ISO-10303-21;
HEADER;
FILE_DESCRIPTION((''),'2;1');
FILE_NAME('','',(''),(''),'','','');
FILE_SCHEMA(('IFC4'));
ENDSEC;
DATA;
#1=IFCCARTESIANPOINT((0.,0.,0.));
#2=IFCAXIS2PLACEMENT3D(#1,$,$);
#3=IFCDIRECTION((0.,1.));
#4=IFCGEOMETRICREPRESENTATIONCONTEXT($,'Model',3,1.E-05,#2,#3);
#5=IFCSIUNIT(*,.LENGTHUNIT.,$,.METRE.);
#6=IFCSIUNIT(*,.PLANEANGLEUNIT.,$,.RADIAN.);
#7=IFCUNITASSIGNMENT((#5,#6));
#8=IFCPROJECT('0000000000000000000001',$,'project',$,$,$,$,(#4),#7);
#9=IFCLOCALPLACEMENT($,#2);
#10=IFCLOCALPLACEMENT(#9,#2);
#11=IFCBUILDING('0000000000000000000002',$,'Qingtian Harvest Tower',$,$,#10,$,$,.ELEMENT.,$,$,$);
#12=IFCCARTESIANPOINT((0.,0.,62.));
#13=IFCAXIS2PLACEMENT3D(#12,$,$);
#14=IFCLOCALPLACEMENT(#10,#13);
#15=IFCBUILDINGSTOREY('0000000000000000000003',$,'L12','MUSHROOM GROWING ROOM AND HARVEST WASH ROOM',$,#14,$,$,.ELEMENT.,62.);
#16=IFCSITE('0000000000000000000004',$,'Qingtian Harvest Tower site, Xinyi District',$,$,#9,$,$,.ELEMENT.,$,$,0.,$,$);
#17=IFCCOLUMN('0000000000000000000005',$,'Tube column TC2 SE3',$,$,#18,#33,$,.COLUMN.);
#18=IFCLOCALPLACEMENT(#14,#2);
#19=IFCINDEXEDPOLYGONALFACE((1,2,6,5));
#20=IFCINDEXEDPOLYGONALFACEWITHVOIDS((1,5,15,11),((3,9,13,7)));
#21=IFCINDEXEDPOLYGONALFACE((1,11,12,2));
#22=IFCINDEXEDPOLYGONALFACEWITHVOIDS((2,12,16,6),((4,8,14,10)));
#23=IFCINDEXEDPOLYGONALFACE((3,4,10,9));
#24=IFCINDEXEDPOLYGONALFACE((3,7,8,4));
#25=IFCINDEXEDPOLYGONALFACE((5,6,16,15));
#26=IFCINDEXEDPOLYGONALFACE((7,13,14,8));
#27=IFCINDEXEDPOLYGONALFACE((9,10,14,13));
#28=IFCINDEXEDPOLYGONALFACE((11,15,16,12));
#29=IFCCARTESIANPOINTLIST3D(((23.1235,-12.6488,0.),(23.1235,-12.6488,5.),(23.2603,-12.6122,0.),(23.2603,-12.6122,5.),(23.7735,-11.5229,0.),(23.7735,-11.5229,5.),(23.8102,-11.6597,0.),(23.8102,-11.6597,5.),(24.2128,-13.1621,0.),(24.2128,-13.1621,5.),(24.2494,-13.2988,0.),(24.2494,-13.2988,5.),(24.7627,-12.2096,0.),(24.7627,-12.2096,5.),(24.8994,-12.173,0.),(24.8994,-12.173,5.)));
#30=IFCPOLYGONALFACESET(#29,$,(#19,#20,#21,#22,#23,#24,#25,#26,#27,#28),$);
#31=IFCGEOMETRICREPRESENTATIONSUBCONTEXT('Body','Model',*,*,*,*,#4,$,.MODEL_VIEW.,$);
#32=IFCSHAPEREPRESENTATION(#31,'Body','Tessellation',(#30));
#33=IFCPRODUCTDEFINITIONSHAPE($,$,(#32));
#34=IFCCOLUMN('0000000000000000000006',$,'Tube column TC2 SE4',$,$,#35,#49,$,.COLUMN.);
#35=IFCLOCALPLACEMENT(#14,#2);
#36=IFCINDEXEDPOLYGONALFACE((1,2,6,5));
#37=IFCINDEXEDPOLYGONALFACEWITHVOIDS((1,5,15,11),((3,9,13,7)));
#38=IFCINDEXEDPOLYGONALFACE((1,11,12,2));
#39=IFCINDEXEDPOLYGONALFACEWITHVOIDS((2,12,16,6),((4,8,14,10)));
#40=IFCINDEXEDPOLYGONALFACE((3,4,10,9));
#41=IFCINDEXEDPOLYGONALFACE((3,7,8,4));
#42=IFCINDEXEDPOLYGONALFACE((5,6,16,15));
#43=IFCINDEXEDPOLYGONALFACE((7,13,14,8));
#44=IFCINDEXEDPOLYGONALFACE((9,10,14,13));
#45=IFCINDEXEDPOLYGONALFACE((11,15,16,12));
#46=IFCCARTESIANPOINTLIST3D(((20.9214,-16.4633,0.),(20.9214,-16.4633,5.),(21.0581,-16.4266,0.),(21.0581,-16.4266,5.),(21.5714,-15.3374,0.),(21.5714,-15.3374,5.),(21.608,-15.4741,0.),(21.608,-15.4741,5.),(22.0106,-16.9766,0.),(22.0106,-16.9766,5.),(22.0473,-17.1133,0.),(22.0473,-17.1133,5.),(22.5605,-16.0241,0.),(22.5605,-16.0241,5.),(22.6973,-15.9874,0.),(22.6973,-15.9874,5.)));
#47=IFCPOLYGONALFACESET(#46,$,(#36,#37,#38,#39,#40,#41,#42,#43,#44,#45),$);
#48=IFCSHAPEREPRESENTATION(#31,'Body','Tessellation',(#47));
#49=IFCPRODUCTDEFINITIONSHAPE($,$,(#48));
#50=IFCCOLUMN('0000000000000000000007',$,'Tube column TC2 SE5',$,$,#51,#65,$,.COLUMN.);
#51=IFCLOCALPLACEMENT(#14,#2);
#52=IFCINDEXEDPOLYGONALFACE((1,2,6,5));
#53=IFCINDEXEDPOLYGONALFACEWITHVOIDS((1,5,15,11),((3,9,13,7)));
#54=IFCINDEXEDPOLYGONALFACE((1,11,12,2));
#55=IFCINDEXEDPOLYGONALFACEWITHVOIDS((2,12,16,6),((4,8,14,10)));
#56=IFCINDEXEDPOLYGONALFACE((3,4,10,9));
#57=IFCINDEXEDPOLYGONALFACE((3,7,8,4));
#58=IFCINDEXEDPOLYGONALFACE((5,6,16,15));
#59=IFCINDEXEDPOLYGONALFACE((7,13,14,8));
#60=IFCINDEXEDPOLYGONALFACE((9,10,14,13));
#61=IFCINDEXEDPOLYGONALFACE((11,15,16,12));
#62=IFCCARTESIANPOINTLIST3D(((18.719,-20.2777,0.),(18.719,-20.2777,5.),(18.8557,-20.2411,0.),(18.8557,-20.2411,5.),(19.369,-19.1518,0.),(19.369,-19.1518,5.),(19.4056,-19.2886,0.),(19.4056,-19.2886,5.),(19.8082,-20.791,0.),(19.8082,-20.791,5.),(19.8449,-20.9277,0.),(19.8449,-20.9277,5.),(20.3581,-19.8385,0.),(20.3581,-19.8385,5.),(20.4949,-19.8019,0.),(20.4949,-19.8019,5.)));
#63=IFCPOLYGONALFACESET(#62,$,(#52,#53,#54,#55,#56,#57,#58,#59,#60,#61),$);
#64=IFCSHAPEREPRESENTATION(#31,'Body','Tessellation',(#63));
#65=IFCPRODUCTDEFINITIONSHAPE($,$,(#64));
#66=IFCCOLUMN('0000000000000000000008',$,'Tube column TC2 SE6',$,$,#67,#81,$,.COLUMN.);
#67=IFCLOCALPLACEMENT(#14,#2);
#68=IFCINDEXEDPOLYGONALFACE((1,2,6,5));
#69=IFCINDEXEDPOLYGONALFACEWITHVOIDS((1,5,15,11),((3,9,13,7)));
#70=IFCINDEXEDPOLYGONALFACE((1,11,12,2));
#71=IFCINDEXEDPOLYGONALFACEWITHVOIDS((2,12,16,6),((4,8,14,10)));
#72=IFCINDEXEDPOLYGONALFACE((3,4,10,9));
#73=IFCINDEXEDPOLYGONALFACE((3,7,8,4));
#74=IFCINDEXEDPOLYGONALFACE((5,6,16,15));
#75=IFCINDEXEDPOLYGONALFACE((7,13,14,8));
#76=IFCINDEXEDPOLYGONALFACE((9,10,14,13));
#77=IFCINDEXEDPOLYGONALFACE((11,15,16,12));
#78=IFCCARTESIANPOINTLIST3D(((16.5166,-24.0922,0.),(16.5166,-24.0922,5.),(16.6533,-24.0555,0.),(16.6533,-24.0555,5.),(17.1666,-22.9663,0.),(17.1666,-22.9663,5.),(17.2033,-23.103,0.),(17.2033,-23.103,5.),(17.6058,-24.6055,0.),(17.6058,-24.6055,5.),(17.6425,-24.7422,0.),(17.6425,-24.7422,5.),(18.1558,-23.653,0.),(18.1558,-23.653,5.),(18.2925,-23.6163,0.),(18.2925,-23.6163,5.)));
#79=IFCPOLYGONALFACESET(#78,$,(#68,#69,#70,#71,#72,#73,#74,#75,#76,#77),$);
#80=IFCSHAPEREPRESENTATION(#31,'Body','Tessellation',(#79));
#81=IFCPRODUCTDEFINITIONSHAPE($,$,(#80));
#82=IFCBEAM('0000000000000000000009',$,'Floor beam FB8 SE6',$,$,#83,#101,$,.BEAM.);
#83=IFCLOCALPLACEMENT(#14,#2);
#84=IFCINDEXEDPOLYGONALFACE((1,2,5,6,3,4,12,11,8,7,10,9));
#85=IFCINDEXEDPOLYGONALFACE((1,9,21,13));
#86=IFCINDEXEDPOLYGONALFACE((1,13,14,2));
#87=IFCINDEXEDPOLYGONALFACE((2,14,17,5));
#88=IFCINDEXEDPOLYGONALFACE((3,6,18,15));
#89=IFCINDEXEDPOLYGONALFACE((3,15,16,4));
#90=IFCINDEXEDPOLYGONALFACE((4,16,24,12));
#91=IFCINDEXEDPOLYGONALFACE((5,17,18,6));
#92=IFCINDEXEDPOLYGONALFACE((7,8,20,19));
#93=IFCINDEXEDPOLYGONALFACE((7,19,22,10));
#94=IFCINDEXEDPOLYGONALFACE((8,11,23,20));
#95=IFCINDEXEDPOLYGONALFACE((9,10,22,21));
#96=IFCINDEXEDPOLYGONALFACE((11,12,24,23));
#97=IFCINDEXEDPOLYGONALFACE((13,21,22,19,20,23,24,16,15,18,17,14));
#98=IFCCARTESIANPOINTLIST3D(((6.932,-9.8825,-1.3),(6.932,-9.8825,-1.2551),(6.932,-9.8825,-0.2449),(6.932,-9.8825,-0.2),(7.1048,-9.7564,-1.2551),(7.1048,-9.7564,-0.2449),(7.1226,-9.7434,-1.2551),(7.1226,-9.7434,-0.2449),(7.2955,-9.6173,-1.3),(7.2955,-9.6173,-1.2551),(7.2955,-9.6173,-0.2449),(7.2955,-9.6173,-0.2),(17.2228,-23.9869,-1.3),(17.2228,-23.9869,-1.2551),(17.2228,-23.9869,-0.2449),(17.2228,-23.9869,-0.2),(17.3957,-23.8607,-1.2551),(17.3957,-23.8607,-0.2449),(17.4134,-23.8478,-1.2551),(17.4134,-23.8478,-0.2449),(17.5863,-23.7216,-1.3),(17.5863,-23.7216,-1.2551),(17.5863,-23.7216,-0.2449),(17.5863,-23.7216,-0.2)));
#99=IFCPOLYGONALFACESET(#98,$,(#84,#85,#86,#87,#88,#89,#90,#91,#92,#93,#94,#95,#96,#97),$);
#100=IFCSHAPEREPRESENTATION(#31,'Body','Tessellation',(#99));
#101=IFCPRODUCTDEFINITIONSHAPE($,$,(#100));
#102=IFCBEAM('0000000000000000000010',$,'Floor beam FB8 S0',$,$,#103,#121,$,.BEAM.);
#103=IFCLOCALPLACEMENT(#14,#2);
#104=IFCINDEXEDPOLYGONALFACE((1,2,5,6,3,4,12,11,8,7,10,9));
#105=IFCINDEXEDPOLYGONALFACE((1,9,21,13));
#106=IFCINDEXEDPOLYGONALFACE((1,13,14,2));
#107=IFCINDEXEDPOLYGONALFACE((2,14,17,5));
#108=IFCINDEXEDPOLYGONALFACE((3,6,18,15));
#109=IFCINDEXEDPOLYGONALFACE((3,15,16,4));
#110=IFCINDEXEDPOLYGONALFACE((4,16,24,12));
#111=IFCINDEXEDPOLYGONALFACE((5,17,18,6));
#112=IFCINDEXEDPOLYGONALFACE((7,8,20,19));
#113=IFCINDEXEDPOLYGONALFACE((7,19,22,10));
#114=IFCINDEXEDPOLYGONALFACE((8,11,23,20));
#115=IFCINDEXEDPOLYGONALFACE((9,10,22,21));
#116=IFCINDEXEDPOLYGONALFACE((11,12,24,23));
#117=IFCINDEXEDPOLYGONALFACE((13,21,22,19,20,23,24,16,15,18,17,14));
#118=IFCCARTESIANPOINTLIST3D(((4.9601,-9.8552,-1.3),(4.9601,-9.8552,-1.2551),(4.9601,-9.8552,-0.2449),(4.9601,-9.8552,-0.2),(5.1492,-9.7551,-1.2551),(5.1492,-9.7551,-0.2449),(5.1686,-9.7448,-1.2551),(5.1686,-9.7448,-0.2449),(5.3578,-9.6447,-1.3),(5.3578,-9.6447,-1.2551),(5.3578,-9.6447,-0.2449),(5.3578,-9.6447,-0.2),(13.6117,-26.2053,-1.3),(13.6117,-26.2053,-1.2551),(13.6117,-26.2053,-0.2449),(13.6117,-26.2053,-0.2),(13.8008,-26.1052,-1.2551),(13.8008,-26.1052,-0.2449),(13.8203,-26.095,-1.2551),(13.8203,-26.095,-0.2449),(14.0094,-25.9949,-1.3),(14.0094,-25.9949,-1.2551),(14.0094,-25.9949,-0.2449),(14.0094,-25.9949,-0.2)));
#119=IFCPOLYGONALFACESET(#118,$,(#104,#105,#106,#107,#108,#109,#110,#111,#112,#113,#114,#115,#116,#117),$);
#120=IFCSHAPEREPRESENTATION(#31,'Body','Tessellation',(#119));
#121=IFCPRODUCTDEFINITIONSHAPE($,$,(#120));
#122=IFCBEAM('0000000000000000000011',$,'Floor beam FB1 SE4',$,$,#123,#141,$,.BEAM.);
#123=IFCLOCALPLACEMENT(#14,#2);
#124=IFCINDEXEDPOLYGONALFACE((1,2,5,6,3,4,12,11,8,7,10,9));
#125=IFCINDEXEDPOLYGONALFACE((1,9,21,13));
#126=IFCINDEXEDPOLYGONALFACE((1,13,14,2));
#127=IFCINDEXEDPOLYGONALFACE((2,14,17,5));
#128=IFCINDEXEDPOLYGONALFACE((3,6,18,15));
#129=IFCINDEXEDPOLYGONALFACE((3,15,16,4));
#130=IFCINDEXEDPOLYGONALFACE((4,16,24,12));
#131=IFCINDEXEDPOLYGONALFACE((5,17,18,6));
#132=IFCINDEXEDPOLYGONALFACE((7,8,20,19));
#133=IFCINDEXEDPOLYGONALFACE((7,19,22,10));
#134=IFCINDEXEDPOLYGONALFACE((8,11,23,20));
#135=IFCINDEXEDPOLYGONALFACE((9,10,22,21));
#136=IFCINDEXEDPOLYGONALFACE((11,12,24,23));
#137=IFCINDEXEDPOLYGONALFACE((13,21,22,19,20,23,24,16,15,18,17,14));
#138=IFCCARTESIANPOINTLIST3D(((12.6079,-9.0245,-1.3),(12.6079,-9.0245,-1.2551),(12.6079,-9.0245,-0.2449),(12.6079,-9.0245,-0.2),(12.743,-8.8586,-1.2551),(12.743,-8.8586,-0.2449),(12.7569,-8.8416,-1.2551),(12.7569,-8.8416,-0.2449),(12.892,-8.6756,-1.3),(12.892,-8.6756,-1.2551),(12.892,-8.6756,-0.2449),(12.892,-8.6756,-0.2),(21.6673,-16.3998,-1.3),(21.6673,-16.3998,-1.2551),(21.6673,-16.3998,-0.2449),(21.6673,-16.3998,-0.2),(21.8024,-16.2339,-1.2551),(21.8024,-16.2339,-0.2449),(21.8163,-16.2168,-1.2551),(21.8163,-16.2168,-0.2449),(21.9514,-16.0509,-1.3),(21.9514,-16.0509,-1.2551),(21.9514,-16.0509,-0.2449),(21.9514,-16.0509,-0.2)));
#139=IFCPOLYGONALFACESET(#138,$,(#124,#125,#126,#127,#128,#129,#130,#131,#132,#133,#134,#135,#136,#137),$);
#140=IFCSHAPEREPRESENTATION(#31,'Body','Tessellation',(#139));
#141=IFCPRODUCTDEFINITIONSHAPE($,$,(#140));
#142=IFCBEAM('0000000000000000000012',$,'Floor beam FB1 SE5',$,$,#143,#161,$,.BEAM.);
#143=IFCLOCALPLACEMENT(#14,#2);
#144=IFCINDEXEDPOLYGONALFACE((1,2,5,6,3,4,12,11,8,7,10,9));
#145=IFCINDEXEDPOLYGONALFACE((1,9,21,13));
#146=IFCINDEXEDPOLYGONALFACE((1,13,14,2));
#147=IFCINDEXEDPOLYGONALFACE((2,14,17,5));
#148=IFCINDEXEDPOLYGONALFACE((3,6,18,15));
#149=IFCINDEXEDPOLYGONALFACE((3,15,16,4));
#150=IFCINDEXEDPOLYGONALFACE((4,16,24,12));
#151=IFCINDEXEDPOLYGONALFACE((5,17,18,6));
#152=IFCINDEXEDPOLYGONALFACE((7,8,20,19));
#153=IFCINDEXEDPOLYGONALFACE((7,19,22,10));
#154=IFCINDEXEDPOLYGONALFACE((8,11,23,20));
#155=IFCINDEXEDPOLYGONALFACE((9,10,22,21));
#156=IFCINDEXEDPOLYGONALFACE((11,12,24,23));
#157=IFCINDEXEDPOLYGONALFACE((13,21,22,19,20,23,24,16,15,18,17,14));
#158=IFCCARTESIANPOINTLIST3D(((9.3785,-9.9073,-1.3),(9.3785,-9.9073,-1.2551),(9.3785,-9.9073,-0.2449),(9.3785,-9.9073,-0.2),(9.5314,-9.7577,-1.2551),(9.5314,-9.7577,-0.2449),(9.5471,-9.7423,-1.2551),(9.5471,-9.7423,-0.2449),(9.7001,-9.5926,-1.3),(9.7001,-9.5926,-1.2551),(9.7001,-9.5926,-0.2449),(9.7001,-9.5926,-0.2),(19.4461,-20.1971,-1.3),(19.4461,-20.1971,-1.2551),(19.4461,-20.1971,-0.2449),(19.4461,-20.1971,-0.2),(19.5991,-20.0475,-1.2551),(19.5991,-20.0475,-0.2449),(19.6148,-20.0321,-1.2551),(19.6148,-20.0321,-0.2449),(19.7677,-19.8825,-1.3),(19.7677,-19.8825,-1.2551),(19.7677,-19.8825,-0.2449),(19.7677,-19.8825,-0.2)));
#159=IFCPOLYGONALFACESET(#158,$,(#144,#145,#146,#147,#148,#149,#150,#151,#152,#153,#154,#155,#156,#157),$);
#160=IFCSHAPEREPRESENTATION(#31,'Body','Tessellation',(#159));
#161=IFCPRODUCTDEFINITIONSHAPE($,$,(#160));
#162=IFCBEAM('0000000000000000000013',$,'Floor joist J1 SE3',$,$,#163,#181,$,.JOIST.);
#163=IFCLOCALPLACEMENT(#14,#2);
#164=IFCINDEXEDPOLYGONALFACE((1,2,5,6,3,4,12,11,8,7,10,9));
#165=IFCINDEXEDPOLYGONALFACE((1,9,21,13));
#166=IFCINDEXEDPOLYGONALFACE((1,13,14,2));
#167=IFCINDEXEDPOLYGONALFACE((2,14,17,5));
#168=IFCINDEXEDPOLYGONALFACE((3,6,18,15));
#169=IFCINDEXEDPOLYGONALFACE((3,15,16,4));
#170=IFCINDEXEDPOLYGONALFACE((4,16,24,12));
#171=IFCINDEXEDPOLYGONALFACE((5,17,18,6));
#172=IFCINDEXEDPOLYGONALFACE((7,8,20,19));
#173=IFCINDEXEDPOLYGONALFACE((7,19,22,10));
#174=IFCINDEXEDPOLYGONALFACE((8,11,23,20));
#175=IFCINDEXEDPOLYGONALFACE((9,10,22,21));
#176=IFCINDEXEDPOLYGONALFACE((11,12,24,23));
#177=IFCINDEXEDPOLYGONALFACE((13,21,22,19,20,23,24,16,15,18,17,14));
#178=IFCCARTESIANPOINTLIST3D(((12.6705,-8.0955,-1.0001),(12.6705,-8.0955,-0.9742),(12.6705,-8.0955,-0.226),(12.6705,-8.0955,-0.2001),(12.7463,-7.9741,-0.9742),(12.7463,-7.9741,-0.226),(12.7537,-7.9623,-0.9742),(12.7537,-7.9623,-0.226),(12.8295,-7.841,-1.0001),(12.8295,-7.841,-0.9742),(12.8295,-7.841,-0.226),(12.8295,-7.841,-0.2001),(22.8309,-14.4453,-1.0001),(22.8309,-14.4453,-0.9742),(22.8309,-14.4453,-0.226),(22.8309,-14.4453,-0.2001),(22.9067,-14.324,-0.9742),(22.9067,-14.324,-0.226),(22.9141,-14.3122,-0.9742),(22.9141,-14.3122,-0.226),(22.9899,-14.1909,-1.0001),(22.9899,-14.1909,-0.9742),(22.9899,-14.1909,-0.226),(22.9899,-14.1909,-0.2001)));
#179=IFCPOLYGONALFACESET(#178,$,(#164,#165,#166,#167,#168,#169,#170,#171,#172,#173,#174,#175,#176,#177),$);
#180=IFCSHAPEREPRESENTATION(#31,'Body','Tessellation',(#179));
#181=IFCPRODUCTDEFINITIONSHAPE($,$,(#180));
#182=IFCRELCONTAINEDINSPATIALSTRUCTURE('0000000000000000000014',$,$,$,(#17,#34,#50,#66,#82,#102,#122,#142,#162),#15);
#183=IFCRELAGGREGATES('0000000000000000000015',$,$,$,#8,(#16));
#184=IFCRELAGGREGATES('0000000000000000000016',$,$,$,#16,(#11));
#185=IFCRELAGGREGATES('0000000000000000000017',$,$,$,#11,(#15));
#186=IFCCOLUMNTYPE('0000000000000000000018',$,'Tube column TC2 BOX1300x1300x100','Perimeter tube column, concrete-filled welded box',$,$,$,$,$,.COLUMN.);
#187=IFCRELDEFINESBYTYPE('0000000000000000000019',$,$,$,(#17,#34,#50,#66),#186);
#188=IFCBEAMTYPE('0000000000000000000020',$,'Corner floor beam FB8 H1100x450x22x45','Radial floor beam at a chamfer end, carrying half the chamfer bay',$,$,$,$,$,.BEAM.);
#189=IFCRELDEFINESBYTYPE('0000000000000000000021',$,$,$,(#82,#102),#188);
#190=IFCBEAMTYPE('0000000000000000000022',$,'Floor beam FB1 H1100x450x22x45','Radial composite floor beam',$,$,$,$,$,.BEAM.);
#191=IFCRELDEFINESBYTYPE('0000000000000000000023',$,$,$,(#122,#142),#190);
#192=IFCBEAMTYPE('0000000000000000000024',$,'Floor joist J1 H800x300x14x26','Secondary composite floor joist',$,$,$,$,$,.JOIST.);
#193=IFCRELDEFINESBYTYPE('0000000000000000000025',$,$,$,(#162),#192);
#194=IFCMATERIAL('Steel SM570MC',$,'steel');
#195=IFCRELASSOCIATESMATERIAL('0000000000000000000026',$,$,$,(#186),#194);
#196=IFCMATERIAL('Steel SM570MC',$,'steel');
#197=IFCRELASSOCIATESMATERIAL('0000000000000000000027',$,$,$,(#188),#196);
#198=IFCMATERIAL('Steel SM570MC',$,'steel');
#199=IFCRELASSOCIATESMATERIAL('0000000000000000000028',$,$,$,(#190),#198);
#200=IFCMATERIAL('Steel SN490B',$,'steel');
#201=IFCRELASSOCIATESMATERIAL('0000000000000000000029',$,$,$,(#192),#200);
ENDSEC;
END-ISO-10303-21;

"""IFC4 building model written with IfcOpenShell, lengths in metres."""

from ifc_helpers import new_model, si_unit, direction, frame, origin, origin_2d, place, context, subcontext, project, spatial, hollow_rectangle, i_section, extrude, material, material_profile, profile_set, type_object, element, save


model = new_model("IFC4")

# Units and contexts
model_context = context("Model", 3, precision=1e-05, world=origin(), true_north=direction((0.0, 1.0)))
body_context = subcontext(model_context, "Body", "Model", "MODEL_VIEW")
ifc_project = project(units=[si_unit("LENGTHUNIT", "METRE"), si_unit("PLANEANGLEUNIT", "RADIAN")], contexts=[model_context])

# Site, building, storey
site_placement = place(None, origin())
site = spatial("IfcSite", under=ifc_project, at=site_placement, Name="Qingtian Harvest Tower site, Xinyi District", CompositionType="ELEMENT", RefElevation=0.0)
building_placement = place(site_placement, origin())
building = spatial("IfcBuilding", under=site, at=building_placement, Name="Qingtian Harvest Tower", CompositionType="ELEMENT")
storey_placement = place(building_placement, frame((0.0, 0.0, 62.0)))
storey = spatial("IfcBuildingStorey", under=building, at=storey_placement, Name="L12", Description="MUSHROOM GROWING ROOM AND HARVEST WASH ROOM", CompositionType="ELEMENT", Elevation=62.0)

# Columns
ifc_material_1 = material(Name="Steel SM570MC", Category="steel")
ifc_material_profile_1 = material_profile(ifc_material_1, hollow_rectangle(XDim=1.3, YDim=1.3, WallThickness=0.1001, at=origin_2d()), Name="BOX1300x1300x100")
ifc_profile_set_1 = profile_set([ifc_material_profile_1], Name="Steel SM570MC")
column_type = type_object("IfcColumnType", Name="Tube column TC2 BOX1300x1300x100", Description="Perimeter tube column, concrete-filled welded box", PredefinedType="COLUMN", material=ifc_profile_set_1)
for number, where, z_axis, x_axis, name in (
    (1, (24.0115, -12.4109, 0.0), (0.0, 0.0, 1.0), (0.5, 0.866025, 0.0), "Tube column TC2 SE3"),
    (2, (21.8093, -16.2253, 0.0), (0.0, 0.0, 1.0), (0.5, 0.866025, 0.0), "Tube column TC2 SE4"),
    (3, (19.6069, -20.0398, 0.0), (0.0, 0.0, 1.0), (0.5, 0.866025, 0.0), "Tube column TC2 SE5"),
    (4, (17.4045, -23.8542, 0.0), (0.0, 0.0, 1.0), (0.5, 0.866025, 0.0), "Tube column TC2 SE6"),
):
    element("IfcColumn", number, at=place(storey_placement, frame(where, z_axis=z_axis, x_axis=x_axis)), inside=storey, type_object=column_type, Name=name, PredefinedType="COLUMN", context=body_context, shape_type="SweptSolid", body=[
        extrude(hollow_rectangle(XDim=1.3, YDim=1.3, WallThickness=0.1001, at=origin_2d()), origin(), (0.0, 0.0, 1.0), 5.0),
    ])

# Beams
ifc_material_2 = material(Name="Steel SM570MC", Category="steel")
ifc_material_profile_2 = material_profile(ifc_material_2, i_section(OverallWidth=0.45, OverallDepth=1.1001, WebThickness=0.022, FlangeThickness=0.0449, at=origin_2d()), Name="H1100x450x22x45")
ifc_profile_set_2 = profile_set([ifc_material_profile_2], Name="Steel SM570MC")
beam_type_1 = type_object("IfcBeamType", Name="Corner floor beam FB8 H1100x450x22x45", Description="Radial floor beam at a chamfer end, carrying half the chamfer bay", PredefinedType="BEAM", material=ifc_profile_set_2)
beam_1_placement = place(storey_placement, frame((17.4045, -23.8542, -0.75), z_axis=(-0.589412, 0.807832, 0.0), x_axis=(-0.807832, -0.589412, 0.0)))
element("IfcBeam", 5, at=beam_1_placement, inside=storey, type_object=beam_type_1, Name="Floor beam FB8 SE6", PredefinedType="BEAM", context=body_context, shape_type="SweptSolid", body=[
    extrude(i_section(OverallWidth=0.45, OverallDepth=1.1001, WebThickness=0.022, FlangeThickness=0.0449, at=origin_2d()), origin(), (0.0, 0.0, 1.0), 17.4595),
])
beam_2_placement = place(storey_placement, frame((13.8105, -26.1001, -0.75), z_axis=(-0.467705, 0.883885, 0.0), x_axis=(-0.883885, -0.467705, 0.0)))
element("IfcBeam", 6, at=beam_2_placement, inside=storey, type_object=beam_type_1, Name="Floor beam FB8 S0", PredefinedType="BEAM", context=body_context, shape_type="SweptSolid", body=[
    extrude(i_section(OverallWidth=0.45, OverallDepth=1.1001, WebThickness=0.022, FlangeThickness=0.0449, at=origin_2d()), origin(), (0.0, 0.0, 1.0), 18.498),
])
ifc_material_3 = material(Name="Steel SM570MC", Category="steel")
ifc_material_profile_3 = material_profile(ifc_material_3, i_section(OverallWidth=0.45, OverallDepth=1.1001, WebThickness=0.022, FlangeThickness=0.0449, at=origin_2d()), Name="H1100x450x22x45")
ifc_profile_set_3 = profile_set([ifc_material_profile_3], Name="Steel SM570MC")
beam_type_2 = type_object("IfcBeamType", Name="Floor beam FB1 H1100x450x22x45", Description="Radial composite floor beam", PredefinedType="BEAM", material=ifc_profile_set_3)
beam_3_placement = place(storey_placement, frame((21.8093, -16.2253, -0.75), z_axis=(-0.775504, 0.631342, 0.0), x_axis=(-0.631342, -0.775504, 0.0)))
element("IfcBeam", 7, at=beam_3_placement, inside=storey, type_object=beam_type_2, Name="Floor beam FB1 SE4", PredefinedType="BEAM", context=body_context, shape_type="SweptSolid", body=[
    extrude(i_section(OverallWidth=0.45, OverallDepth=1.1001, WebThickness=0.022, FlangeThickness=0.0449, at=origin_2d()), origin(), (0.0, 0.0, 1.0), 11.6819),
])
beam_4_placement = place(storey_placement, frame((19.6069, -20.0398, -0.75), z_axis=(-0.699348, 0.714781, 0.0), x_axis=(-0.714781, -0.699348, 0.0)))
element("IfcBeam", 8, at=beam_4_placement, inside=storey, type_object=beam_type_2, Name="Floor beam FB1 SE5", PredefinedType="BEAM", context=body_context, shape_type="SweptSolid", body=[
    extrude(i_section(OverallWidth=0.45, OverallDepth=1.1001, WebThickness=0.022, FlangeThickness=0.0449, at=origin_2d()), origin(), (0.0, 0.0, 1.0), 14.3958),
])
ifc_material_4 = material(Name="Steel SN490B", Category="steel")
ifc_material_profile_4 = material_profile(ifc_material_4, i_section(OverallWidth=0.3, OverallDepth=0.8, WebThickness=0.0139, FlangeThickness=0.0259, at=origin_2d()), Name="H800x300x14x26")
ifc_profile_set_4 = profile_set([ifc_material_profile_4], Name="Steel SN490B")
beam_type_3 = type_object("IfcBeamType", Name="Floor joist J1 H800x300x14x26", Description="Secondary composite floor joist", PredefinedType="JOIST", material=ifc_profile_set_4)
beam_5_placement = place(storey_placement, frame((22.9104, -14.3181, -0.6001), z_axis=(-0.848013, 0.529975, 0.0), x_axis=(-0.529975, -0.848013, 0.0)))
element("IfcBeam", 9, at=beam_5_placement, inside=storey, type_object=beam_type_3, Name="Floor joist J1 SE3", PredefinedType="JOIST", context=body_context, shape_type="SweptSolid", body=[
    extrude(i_section(OverallWidth=0.3, OverallDepth=0.8, WebThickness=0.0139, FlangeThickness=0.0259, at=origin_2d()), origin(), (0.0, 0.0, 1.0), 11.9814),
])

save(model, "model.ifc")
